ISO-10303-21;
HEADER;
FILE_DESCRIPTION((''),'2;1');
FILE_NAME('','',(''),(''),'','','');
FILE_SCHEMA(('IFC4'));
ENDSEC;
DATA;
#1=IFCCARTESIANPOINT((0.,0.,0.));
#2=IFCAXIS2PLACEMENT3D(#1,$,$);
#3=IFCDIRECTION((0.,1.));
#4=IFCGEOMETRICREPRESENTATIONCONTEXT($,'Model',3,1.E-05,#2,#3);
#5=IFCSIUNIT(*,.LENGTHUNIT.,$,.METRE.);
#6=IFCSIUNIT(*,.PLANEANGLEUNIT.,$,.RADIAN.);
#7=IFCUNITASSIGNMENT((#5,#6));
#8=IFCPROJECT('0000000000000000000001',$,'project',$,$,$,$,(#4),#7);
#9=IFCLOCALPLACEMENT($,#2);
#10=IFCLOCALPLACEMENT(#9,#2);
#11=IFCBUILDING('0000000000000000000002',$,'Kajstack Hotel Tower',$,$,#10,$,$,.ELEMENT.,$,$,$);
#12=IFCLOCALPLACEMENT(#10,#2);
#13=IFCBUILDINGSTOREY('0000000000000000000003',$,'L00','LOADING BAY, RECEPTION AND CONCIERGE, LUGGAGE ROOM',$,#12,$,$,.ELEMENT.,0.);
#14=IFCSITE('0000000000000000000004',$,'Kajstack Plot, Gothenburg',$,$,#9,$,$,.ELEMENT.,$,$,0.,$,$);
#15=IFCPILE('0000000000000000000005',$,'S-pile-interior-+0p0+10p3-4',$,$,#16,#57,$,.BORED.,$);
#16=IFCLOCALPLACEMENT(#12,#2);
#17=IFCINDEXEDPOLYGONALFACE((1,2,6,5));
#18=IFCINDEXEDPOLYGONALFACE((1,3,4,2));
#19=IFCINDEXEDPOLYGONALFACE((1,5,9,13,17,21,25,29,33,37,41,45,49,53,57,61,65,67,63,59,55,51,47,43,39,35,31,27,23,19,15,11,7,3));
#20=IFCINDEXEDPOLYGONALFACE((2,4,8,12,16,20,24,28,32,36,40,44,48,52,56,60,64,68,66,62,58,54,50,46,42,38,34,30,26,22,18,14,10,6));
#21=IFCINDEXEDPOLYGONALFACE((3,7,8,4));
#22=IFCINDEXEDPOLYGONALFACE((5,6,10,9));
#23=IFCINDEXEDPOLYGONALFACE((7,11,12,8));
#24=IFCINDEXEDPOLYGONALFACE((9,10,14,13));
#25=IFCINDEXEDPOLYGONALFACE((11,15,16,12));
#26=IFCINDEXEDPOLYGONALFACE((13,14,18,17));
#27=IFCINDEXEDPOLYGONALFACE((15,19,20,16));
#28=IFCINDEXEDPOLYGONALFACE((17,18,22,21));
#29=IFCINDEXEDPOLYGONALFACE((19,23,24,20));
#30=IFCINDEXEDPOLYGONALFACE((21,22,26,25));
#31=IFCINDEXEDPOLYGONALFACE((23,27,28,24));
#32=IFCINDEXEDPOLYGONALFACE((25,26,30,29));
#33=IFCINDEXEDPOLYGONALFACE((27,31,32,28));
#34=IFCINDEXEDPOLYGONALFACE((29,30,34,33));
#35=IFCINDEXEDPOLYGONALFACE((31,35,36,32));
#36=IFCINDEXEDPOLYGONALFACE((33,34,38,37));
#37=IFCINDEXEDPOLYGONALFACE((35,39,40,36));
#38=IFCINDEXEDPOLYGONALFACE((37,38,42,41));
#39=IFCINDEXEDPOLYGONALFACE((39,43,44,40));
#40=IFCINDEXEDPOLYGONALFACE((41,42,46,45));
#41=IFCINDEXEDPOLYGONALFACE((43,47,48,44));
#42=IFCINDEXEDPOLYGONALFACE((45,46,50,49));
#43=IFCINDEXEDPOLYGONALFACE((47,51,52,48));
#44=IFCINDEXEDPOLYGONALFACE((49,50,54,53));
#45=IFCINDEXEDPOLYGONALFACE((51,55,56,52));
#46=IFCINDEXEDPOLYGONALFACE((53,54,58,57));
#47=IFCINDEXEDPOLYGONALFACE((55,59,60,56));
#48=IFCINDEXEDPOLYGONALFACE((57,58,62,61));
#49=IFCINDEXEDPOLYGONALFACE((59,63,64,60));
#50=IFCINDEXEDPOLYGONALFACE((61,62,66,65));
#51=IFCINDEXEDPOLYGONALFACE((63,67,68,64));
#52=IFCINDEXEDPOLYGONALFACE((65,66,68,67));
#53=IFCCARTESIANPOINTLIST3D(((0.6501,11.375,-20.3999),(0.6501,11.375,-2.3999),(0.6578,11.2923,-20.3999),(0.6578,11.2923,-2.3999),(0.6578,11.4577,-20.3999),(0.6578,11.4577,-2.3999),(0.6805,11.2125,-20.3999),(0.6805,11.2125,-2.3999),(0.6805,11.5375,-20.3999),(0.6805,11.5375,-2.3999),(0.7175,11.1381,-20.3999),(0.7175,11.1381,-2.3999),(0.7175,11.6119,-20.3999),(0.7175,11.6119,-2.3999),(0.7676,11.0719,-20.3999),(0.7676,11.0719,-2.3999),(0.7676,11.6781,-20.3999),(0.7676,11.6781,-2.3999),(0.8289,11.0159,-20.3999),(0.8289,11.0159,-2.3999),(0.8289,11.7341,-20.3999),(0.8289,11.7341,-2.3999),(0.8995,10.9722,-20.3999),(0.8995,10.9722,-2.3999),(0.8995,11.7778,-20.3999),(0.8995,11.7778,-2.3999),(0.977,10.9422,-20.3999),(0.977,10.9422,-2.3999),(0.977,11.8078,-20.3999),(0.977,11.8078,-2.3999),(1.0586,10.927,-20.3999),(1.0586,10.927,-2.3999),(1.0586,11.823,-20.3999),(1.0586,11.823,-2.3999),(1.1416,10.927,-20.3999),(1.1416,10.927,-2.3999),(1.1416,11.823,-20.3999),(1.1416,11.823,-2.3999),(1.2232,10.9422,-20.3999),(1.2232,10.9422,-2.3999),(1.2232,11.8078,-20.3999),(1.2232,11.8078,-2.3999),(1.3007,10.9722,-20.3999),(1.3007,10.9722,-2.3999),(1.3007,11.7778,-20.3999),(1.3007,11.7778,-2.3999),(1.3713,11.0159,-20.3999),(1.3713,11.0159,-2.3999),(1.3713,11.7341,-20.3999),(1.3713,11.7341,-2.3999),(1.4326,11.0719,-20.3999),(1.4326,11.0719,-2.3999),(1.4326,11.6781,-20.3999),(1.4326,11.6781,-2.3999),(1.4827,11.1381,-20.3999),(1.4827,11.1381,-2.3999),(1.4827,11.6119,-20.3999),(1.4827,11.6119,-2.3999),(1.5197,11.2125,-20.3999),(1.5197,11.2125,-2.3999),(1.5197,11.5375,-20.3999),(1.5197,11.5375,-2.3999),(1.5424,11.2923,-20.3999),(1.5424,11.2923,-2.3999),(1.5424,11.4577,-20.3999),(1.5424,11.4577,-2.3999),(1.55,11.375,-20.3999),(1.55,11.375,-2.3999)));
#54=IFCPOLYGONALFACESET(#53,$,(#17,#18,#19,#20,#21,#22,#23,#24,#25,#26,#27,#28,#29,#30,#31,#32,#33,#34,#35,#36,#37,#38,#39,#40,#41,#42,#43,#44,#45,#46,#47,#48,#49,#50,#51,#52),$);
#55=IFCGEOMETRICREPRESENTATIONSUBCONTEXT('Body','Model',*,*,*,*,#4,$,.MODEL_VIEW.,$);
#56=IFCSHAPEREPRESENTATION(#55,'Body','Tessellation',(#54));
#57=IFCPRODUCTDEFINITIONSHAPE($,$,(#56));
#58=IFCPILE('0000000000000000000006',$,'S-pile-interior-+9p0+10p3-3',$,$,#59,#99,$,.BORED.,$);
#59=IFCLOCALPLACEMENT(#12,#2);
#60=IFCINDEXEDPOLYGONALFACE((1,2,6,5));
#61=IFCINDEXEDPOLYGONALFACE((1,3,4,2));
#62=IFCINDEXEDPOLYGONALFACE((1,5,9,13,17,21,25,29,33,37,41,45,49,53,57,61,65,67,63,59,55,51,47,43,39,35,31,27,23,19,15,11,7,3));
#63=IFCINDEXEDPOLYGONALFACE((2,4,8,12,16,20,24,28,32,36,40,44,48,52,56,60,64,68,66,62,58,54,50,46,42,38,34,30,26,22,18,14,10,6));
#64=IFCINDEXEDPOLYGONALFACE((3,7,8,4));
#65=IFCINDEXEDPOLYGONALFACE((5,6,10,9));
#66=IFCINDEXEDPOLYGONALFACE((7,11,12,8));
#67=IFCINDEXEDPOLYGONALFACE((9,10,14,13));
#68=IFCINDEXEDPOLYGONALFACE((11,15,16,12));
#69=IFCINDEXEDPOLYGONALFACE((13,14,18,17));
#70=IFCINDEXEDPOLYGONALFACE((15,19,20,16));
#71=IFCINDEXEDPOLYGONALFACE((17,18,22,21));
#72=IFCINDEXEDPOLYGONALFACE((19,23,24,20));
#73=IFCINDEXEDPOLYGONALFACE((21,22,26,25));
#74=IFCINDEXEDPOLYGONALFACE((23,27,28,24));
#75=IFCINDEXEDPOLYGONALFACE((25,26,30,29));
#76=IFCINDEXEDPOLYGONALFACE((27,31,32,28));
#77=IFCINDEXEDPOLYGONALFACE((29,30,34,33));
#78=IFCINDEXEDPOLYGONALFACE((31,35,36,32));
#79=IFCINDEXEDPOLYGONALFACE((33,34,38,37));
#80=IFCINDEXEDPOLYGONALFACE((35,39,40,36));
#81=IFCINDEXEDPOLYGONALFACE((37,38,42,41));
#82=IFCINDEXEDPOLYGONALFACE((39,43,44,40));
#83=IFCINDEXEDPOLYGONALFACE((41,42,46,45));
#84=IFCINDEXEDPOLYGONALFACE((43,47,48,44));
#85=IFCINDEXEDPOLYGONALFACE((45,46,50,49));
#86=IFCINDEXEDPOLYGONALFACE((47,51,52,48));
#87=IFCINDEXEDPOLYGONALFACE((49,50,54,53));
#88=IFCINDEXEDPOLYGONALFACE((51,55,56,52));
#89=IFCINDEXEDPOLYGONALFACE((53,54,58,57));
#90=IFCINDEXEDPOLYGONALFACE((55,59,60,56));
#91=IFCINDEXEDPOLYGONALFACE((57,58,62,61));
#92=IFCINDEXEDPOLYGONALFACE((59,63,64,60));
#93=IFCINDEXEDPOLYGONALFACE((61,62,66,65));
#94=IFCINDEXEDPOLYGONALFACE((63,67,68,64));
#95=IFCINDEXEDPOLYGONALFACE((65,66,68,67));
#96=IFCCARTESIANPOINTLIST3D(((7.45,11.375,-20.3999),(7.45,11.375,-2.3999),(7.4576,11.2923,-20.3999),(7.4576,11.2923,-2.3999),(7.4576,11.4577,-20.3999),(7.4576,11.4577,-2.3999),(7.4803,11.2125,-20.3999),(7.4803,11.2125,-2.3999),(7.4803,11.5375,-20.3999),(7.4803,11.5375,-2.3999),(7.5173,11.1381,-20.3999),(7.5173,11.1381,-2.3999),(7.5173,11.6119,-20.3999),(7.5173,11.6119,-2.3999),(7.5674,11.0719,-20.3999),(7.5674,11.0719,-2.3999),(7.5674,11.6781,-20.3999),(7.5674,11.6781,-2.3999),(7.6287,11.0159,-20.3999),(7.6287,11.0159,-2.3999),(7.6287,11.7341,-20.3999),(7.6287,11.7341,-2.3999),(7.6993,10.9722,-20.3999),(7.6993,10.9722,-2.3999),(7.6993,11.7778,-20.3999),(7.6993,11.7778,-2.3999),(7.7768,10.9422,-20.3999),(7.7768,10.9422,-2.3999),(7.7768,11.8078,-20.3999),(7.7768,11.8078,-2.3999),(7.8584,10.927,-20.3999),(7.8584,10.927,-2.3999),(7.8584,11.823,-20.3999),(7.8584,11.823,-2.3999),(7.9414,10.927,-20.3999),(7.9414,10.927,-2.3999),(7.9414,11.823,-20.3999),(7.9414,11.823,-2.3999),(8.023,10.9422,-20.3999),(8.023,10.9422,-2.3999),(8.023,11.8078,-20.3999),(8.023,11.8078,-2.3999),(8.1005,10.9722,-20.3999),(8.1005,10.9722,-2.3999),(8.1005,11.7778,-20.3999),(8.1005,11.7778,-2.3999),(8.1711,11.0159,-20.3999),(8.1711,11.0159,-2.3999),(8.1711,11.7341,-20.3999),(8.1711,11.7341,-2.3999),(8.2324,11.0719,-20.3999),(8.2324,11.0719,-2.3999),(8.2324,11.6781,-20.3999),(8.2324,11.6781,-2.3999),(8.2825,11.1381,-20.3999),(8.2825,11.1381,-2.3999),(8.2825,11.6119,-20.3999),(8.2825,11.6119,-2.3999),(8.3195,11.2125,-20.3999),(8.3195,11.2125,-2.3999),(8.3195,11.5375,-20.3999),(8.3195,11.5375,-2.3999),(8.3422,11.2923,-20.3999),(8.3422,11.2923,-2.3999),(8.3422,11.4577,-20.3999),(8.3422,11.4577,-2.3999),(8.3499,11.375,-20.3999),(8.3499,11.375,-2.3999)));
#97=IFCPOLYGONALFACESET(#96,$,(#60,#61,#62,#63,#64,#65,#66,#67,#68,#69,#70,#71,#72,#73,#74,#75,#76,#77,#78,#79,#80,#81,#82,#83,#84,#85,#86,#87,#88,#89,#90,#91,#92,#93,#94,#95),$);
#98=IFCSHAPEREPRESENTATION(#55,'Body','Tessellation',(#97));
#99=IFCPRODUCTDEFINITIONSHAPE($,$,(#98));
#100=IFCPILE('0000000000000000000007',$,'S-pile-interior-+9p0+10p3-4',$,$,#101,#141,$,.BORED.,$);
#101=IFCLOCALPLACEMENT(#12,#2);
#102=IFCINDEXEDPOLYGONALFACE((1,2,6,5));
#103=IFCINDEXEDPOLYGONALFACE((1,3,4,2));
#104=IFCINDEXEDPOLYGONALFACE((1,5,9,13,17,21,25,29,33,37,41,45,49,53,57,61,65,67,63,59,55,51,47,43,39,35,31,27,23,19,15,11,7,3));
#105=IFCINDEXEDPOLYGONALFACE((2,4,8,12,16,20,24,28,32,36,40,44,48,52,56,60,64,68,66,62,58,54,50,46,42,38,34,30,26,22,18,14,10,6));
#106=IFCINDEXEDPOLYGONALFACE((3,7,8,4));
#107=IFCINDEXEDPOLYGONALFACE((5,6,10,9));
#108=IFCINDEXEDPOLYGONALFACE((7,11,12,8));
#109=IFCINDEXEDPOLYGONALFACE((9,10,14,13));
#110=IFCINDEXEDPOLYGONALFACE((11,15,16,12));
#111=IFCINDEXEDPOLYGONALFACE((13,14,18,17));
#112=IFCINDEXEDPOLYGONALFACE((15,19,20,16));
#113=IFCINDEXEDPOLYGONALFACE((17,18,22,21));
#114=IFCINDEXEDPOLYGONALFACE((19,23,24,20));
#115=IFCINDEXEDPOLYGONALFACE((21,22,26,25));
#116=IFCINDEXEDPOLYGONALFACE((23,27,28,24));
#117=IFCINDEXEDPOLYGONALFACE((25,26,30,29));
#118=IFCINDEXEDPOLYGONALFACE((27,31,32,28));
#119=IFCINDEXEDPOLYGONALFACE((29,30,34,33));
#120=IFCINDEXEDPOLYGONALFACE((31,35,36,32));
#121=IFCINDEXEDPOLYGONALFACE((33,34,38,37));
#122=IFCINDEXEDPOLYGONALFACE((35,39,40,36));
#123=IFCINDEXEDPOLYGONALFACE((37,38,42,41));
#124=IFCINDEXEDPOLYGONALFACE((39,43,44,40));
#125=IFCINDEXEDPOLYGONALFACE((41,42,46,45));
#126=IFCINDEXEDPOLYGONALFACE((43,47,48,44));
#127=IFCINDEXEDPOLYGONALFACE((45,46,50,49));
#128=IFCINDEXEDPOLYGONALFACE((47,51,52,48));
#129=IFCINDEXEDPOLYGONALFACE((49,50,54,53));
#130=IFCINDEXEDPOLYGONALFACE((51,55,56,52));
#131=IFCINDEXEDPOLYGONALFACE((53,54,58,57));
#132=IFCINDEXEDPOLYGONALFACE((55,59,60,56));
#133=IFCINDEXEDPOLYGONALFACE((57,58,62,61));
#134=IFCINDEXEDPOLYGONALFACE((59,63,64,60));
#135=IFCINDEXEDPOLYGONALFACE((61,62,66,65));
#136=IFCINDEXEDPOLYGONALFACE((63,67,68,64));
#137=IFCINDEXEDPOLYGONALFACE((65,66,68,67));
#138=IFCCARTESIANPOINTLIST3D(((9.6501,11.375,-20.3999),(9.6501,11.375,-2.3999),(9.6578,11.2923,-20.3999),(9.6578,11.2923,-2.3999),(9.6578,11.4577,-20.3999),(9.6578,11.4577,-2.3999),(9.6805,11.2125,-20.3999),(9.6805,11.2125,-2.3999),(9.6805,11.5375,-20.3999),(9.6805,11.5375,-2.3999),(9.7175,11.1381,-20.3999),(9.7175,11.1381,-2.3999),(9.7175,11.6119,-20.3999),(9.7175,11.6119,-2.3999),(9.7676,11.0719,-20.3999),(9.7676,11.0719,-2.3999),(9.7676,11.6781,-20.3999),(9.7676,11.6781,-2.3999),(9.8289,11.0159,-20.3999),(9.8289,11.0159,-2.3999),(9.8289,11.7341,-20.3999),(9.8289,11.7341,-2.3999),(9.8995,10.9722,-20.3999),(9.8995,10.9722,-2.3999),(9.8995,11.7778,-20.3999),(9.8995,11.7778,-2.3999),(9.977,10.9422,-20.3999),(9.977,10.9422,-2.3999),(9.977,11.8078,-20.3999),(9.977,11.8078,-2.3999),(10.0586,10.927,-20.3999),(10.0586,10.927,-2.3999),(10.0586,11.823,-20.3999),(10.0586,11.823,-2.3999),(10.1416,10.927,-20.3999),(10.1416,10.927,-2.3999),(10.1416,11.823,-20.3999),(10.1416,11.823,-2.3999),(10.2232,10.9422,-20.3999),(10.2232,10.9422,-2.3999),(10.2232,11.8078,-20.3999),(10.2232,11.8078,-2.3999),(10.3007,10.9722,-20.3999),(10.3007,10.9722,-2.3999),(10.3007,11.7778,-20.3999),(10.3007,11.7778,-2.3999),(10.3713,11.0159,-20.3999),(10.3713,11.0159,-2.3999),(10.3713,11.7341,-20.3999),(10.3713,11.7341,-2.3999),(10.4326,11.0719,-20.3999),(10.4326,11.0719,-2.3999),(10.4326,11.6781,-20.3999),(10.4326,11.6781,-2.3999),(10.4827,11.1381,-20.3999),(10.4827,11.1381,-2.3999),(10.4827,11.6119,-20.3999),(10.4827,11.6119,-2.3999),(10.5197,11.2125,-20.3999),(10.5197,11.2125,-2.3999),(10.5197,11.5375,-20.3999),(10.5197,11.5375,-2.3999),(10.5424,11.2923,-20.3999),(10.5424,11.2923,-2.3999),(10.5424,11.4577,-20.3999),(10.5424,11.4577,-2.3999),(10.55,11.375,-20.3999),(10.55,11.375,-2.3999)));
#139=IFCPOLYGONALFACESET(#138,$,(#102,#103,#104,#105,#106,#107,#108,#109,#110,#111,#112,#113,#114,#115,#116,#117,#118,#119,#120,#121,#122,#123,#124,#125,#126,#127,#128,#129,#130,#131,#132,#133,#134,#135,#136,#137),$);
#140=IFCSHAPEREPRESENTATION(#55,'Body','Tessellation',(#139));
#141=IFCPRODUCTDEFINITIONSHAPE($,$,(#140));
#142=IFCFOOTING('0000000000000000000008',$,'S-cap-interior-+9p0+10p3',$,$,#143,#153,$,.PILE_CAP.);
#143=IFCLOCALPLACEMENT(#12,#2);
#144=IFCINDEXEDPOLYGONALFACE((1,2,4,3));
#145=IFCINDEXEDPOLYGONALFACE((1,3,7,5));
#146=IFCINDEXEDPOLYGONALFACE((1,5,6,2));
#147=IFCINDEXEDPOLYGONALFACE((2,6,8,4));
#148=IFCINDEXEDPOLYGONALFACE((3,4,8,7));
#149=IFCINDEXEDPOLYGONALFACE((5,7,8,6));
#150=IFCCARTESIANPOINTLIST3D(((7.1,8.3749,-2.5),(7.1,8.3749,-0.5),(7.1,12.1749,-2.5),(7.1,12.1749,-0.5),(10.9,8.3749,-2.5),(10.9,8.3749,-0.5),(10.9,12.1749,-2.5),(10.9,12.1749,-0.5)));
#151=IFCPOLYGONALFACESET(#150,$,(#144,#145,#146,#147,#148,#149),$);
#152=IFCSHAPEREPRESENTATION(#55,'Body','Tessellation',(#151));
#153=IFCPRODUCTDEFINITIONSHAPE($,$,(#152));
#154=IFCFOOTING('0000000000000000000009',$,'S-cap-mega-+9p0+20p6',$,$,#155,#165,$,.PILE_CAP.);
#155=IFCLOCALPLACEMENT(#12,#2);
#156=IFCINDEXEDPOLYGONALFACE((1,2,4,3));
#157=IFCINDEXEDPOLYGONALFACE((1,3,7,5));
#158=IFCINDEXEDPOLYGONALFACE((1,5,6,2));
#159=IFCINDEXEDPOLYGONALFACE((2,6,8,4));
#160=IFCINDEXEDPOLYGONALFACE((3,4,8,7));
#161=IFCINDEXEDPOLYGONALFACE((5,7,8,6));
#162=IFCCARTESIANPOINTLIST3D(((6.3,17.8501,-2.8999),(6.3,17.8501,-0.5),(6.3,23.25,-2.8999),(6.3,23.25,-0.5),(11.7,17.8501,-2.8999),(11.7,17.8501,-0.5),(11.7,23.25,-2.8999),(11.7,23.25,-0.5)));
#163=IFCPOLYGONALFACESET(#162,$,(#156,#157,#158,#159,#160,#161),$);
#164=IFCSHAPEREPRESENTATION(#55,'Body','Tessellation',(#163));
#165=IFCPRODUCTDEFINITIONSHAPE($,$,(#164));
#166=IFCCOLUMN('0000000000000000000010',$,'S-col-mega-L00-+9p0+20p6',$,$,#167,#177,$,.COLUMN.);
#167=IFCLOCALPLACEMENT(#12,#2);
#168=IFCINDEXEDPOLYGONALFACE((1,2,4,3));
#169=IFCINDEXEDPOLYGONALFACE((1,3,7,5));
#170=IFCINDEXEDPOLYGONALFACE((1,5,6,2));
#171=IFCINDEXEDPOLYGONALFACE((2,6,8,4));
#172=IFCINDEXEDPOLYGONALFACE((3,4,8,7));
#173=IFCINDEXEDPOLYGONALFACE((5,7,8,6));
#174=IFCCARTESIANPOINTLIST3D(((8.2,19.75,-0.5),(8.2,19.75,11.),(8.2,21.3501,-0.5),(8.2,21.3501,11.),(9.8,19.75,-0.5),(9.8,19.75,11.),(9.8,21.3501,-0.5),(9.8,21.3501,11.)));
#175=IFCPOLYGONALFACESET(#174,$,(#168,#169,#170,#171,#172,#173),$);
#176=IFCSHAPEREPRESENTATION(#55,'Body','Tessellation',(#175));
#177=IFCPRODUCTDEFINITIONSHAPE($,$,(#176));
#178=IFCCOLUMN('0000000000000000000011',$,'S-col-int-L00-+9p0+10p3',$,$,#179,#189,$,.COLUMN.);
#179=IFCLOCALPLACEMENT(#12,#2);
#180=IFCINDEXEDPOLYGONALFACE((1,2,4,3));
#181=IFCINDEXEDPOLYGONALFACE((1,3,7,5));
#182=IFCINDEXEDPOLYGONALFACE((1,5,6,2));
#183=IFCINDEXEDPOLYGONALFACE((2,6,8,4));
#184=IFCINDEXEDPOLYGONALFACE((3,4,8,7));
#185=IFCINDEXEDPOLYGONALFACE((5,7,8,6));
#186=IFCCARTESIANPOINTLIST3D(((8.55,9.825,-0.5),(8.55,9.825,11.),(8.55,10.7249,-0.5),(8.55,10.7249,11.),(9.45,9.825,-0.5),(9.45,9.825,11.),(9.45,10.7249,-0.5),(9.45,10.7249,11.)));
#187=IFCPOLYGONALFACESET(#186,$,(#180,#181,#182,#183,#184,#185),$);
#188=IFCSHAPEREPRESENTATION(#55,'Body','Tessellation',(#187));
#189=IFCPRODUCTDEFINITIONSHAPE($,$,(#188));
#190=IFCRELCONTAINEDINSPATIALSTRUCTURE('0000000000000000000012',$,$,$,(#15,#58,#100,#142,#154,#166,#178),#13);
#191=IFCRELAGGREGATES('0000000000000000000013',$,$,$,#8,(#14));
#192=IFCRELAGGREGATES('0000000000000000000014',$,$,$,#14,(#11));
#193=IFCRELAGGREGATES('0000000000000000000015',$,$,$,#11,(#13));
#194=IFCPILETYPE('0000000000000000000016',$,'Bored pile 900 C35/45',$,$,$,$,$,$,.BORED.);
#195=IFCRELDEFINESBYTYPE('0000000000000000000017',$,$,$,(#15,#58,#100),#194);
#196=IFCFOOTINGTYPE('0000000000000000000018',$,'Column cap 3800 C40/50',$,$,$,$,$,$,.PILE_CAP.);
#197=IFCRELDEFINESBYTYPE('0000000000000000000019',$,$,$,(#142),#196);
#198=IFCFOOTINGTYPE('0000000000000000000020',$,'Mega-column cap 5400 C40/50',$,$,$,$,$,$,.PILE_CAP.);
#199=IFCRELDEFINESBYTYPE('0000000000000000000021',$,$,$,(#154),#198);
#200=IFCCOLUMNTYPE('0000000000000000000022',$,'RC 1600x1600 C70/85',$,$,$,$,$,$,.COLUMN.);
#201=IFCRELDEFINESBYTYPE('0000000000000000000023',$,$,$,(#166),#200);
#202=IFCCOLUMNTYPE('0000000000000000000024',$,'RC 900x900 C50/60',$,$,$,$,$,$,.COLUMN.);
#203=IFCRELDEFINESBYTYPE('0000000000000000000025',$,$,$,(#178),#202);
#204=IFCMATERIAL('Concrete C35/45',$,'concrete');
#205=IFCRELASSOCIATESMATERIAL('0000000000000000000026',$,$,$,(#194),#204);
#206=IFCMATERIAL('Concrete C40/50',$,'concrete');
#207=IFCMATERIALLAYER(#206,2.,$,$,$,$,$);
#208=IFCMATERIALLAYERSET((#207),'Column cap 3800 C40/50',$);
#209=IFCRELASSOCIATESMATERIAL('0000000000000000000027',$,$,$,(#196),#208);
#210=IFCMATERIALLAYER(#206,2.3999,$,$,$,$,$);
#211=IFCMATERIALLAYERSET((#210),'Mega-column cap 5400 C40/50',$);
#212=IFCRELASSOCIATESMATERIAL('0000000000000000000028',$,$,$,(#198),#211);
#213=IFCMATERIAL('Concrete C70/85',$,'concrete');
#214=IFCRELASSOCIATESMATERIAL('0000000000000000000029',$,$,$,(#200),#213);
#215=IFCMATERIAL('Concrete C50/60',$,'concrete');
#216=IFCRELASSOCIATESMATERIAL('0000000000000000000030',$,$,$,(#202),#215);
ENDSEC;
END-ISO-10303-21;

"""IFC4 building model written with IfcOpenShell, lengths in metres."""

from ifc_helpers import new_model, si_unit, direction, frame, origin, origin_2d, place, context, subcontext, project, spatial, rectangle, circle, extrude, material, layer, layer_set, material_profile, profile_set, type_object, element, save


model = new_model("IFC4")

# Units and contexts
model_context = context("Model", 3, precision=1e-05, world=origin(), true_north=direction((0.0, 1.0)))
body_context = subcontext(model_context, "Body", "Model", "MODEL_VIEW")
ifc_project = project(units=[si_unit("LENGTHUNIT", "METRE"), si_unit("PLANEANGLEUNIT", "RADIAN")], contexts=[model_context])

# Site, building, storey
site_placement = place(None, origin())
site = spatial("IfcSite", under=ifc_project, at=site_placement, Name="Kajstack Plot, Gothenburg", CompositionType="ELEMENT", RefElevation=0.0)
building_placement = place(site_placement, origin())
building = spatial("IfcBuilding", under=site, at=building_placement, Name="Kajstack Hotel Tower", CompositionType="ELEMENT")
storey_placement = place(building_placement, origin())
storey = spatial("IfcBuildingStorey", under=building, at=storey_placement, Name="L00", Description="LOADING BAY, RECEPTION AND CONCIERGE, LUGGAGE ROOM", CompositionType="ELEMENT", Elevation=0.0)

# Piles
ifc_material_1 = material(Name="Concrete C35/45", Category="concrete")
ifc_material_profile_1 = material_profile(ifc_material_1, circle(Radius=0.45, at=origin_2d()), Name="RC round 900")
ifc_profile_set_1 = profile_set([ifc_material_profile_1], Name="Concrete C35/45")
pile_type_1 = type_object("IfcPileType", Name="Bored pile 900 C35/45", PredefinedType="BORED", material=ifc_profile_set_1)
for number, where, z_axis, x_axis, name in (
    (1, (1.1001, 11.375, -2.3999), (0.0, 0.0, -1.0), (1.0, 0.0, 0.0), "S-pile-interior-+0p0+10p3-4"),
    (2, (7.8999, 11.375, -2.3999), (0.0, 0.0, -1.0), (1.0, 0.0, 0.0), "S-pile-interior-+9p0+10p3-3"),
    (3, (10.1001, 11.375, -2.3999), (0.0, 0.0, -1.0), (1.0, 0.0, 0.0), "S-pile-interior-+9p0+10p3-4"),
):
    element("IfcPile", number, at=place(storey_placement, frame(where, z_axis=z_axis, x_axis=x_axis)), inside=storey, type_object=pile_type_1, Name=name, PredefinedType="BORED", context=body_context, shape_type="SweptSolid", body=[
        extrude(circle(Radius=0.45, at=origin_2d()), origin(), (0.0, 0.0, 1.0), 18.0),
    ])

# Footings
ifc_material_2 = material(Name="Concrete C40/50", Category="concrete")
ifc_layer_1 = layer(ifc_material_2, 2.0)
ifc_layer_set_1 = layer_set([ifc_layer_1], Name="Column cap 3800 C40/50")
footing_type_1 = type_object("IfcFootingType", Name="Column cap 3800 C40/50", PredefinedType="PILE_CAP", material=ifc_layer_set_1)
footing_1_placement = place(storey_placement, frame((9.0, 10.2749, -2.5), z_axis=(0.0, 0.0, 1.0), x_axis=(1.0, 0.0, 0.0)))
element("IfcFooting", 4, at=footing_1_placement, inside=storey, type_object=footing_type_1, Name="S-cap-interior-+9p0+10p3", PredefinedType="PILE_CAP", context=body_context, shape_type="SweptSolid", body=[
    extrude(rectangle(XDim=3.8, YDim=3.8, at=origin_2d()), origin(), (0.0, 0.0, 1.0), 2.0),
])
ifc_layer_2 = layer(ifc_material_2, 2.3999)
ifc_layer_set_2 = layer_set([ifc_layer_2], Name="Mega-column cap 5400 C40/50")
footing_type_2 = type_object("IfcFootingType", Name="Mega-column cap 5400 C40/50", PredefinedType="PILE_CAP", material=ifc_layer_set_2)
footing_2_placement = place(storey_placement, frame((9.0, 20.55, -2.8999), z_axis=(0.0, 0.0, 1.0), x_axis=(1.0, 0.0, 0.0)))
element("IfcFooting", 5, at=footing_2_placement, inside=storey, type_object=footing_type_2, Name="S-cap-mega-+9p0+20p6", PredefinedType="PILE_CAP", context=body_context, shape_type="SweptSolid", body=[
    extrude(rectangle(XDim=5.3999, YDim=5.3999, at=origin_2d()), origin(), (0.0, 0.0, 1.0), 2.3999),
])

# Columns
ifc_material_3 = material(Name="Concrete C70/85", Category="concrete")
ifc_material_profile_2 = material_profile(ifc_material_3, rectangle(XDim=1.6001, YDim=1.6001, at=origin_2d()), Name="RC 1600x1600")
ifc_profile_set_2 = profile_set([ifc_material_profile_2], Name="Concrete C70/85")
column_type_1 = type_object("IfcColumnType", Name="RC 1600x1600 C70/85", PredefinedType="COLUMN", material=ifc_profile_set_2)
column_1_placement = place(storey_placement, frame((9.0, 20.55, -0.5), z_axis=(0.0, 0.0, 1.0), x_axis=(1.0, 0.0, 0.0)))
element("IfcColumn", 6, at=column_1_placement, inside=storey, type_object=column_type_1, Name="S-col-mega-L00-+9p0+20p6", PredefinedType="COLUMN", context=body_context, shape_type="SweptSolid", body=[
    extrude(rectangle(XDim=1.6001, YDim=1.6001, at=origin_2d()), origin(), (0.0, 0.0, 1.0), 11.5),
])
ifc_material_4 = material(Name="Concrete C50/60", Category="concrete")
ifc_material_profile_3 = material_profile(ifc_material_4, rectangle(XDim=0.8999, YDim=0.8999, at=origin_2d()), Name="RC 900x900")
ifc_profile_set_3 = profile_set([ifc_material_profile_3], Name="Concrete C50/60")
column_type_2 = type_object("IfcColumnType", Name="RC 900x900 C50/60", PredefinedType="COLUMN", material=ifc_profile_set_3)
column_2_placement = place(storey_placement, frame((9.0, 10.2749, -0.5), z_axis=(0.0, 0.0, 1.0), x_axis=(1.0, 0.0, 0.0)))
element("IfcColumn", 7, at=column_2_placement, inside=storey, type_object=column_type_2, Name="S-col-int-L00-+9p0+10p3", PredefinedType="COLUMN", context=body_context, shape_type="SweptSolid", body=[
    extrude(rectangle(XDim=0.8999, YDim=0.8999, at=origin_2d()), origin(), (0.0, 0.0, 1.0), 11.5),
])

save(model, "model.ifc")
